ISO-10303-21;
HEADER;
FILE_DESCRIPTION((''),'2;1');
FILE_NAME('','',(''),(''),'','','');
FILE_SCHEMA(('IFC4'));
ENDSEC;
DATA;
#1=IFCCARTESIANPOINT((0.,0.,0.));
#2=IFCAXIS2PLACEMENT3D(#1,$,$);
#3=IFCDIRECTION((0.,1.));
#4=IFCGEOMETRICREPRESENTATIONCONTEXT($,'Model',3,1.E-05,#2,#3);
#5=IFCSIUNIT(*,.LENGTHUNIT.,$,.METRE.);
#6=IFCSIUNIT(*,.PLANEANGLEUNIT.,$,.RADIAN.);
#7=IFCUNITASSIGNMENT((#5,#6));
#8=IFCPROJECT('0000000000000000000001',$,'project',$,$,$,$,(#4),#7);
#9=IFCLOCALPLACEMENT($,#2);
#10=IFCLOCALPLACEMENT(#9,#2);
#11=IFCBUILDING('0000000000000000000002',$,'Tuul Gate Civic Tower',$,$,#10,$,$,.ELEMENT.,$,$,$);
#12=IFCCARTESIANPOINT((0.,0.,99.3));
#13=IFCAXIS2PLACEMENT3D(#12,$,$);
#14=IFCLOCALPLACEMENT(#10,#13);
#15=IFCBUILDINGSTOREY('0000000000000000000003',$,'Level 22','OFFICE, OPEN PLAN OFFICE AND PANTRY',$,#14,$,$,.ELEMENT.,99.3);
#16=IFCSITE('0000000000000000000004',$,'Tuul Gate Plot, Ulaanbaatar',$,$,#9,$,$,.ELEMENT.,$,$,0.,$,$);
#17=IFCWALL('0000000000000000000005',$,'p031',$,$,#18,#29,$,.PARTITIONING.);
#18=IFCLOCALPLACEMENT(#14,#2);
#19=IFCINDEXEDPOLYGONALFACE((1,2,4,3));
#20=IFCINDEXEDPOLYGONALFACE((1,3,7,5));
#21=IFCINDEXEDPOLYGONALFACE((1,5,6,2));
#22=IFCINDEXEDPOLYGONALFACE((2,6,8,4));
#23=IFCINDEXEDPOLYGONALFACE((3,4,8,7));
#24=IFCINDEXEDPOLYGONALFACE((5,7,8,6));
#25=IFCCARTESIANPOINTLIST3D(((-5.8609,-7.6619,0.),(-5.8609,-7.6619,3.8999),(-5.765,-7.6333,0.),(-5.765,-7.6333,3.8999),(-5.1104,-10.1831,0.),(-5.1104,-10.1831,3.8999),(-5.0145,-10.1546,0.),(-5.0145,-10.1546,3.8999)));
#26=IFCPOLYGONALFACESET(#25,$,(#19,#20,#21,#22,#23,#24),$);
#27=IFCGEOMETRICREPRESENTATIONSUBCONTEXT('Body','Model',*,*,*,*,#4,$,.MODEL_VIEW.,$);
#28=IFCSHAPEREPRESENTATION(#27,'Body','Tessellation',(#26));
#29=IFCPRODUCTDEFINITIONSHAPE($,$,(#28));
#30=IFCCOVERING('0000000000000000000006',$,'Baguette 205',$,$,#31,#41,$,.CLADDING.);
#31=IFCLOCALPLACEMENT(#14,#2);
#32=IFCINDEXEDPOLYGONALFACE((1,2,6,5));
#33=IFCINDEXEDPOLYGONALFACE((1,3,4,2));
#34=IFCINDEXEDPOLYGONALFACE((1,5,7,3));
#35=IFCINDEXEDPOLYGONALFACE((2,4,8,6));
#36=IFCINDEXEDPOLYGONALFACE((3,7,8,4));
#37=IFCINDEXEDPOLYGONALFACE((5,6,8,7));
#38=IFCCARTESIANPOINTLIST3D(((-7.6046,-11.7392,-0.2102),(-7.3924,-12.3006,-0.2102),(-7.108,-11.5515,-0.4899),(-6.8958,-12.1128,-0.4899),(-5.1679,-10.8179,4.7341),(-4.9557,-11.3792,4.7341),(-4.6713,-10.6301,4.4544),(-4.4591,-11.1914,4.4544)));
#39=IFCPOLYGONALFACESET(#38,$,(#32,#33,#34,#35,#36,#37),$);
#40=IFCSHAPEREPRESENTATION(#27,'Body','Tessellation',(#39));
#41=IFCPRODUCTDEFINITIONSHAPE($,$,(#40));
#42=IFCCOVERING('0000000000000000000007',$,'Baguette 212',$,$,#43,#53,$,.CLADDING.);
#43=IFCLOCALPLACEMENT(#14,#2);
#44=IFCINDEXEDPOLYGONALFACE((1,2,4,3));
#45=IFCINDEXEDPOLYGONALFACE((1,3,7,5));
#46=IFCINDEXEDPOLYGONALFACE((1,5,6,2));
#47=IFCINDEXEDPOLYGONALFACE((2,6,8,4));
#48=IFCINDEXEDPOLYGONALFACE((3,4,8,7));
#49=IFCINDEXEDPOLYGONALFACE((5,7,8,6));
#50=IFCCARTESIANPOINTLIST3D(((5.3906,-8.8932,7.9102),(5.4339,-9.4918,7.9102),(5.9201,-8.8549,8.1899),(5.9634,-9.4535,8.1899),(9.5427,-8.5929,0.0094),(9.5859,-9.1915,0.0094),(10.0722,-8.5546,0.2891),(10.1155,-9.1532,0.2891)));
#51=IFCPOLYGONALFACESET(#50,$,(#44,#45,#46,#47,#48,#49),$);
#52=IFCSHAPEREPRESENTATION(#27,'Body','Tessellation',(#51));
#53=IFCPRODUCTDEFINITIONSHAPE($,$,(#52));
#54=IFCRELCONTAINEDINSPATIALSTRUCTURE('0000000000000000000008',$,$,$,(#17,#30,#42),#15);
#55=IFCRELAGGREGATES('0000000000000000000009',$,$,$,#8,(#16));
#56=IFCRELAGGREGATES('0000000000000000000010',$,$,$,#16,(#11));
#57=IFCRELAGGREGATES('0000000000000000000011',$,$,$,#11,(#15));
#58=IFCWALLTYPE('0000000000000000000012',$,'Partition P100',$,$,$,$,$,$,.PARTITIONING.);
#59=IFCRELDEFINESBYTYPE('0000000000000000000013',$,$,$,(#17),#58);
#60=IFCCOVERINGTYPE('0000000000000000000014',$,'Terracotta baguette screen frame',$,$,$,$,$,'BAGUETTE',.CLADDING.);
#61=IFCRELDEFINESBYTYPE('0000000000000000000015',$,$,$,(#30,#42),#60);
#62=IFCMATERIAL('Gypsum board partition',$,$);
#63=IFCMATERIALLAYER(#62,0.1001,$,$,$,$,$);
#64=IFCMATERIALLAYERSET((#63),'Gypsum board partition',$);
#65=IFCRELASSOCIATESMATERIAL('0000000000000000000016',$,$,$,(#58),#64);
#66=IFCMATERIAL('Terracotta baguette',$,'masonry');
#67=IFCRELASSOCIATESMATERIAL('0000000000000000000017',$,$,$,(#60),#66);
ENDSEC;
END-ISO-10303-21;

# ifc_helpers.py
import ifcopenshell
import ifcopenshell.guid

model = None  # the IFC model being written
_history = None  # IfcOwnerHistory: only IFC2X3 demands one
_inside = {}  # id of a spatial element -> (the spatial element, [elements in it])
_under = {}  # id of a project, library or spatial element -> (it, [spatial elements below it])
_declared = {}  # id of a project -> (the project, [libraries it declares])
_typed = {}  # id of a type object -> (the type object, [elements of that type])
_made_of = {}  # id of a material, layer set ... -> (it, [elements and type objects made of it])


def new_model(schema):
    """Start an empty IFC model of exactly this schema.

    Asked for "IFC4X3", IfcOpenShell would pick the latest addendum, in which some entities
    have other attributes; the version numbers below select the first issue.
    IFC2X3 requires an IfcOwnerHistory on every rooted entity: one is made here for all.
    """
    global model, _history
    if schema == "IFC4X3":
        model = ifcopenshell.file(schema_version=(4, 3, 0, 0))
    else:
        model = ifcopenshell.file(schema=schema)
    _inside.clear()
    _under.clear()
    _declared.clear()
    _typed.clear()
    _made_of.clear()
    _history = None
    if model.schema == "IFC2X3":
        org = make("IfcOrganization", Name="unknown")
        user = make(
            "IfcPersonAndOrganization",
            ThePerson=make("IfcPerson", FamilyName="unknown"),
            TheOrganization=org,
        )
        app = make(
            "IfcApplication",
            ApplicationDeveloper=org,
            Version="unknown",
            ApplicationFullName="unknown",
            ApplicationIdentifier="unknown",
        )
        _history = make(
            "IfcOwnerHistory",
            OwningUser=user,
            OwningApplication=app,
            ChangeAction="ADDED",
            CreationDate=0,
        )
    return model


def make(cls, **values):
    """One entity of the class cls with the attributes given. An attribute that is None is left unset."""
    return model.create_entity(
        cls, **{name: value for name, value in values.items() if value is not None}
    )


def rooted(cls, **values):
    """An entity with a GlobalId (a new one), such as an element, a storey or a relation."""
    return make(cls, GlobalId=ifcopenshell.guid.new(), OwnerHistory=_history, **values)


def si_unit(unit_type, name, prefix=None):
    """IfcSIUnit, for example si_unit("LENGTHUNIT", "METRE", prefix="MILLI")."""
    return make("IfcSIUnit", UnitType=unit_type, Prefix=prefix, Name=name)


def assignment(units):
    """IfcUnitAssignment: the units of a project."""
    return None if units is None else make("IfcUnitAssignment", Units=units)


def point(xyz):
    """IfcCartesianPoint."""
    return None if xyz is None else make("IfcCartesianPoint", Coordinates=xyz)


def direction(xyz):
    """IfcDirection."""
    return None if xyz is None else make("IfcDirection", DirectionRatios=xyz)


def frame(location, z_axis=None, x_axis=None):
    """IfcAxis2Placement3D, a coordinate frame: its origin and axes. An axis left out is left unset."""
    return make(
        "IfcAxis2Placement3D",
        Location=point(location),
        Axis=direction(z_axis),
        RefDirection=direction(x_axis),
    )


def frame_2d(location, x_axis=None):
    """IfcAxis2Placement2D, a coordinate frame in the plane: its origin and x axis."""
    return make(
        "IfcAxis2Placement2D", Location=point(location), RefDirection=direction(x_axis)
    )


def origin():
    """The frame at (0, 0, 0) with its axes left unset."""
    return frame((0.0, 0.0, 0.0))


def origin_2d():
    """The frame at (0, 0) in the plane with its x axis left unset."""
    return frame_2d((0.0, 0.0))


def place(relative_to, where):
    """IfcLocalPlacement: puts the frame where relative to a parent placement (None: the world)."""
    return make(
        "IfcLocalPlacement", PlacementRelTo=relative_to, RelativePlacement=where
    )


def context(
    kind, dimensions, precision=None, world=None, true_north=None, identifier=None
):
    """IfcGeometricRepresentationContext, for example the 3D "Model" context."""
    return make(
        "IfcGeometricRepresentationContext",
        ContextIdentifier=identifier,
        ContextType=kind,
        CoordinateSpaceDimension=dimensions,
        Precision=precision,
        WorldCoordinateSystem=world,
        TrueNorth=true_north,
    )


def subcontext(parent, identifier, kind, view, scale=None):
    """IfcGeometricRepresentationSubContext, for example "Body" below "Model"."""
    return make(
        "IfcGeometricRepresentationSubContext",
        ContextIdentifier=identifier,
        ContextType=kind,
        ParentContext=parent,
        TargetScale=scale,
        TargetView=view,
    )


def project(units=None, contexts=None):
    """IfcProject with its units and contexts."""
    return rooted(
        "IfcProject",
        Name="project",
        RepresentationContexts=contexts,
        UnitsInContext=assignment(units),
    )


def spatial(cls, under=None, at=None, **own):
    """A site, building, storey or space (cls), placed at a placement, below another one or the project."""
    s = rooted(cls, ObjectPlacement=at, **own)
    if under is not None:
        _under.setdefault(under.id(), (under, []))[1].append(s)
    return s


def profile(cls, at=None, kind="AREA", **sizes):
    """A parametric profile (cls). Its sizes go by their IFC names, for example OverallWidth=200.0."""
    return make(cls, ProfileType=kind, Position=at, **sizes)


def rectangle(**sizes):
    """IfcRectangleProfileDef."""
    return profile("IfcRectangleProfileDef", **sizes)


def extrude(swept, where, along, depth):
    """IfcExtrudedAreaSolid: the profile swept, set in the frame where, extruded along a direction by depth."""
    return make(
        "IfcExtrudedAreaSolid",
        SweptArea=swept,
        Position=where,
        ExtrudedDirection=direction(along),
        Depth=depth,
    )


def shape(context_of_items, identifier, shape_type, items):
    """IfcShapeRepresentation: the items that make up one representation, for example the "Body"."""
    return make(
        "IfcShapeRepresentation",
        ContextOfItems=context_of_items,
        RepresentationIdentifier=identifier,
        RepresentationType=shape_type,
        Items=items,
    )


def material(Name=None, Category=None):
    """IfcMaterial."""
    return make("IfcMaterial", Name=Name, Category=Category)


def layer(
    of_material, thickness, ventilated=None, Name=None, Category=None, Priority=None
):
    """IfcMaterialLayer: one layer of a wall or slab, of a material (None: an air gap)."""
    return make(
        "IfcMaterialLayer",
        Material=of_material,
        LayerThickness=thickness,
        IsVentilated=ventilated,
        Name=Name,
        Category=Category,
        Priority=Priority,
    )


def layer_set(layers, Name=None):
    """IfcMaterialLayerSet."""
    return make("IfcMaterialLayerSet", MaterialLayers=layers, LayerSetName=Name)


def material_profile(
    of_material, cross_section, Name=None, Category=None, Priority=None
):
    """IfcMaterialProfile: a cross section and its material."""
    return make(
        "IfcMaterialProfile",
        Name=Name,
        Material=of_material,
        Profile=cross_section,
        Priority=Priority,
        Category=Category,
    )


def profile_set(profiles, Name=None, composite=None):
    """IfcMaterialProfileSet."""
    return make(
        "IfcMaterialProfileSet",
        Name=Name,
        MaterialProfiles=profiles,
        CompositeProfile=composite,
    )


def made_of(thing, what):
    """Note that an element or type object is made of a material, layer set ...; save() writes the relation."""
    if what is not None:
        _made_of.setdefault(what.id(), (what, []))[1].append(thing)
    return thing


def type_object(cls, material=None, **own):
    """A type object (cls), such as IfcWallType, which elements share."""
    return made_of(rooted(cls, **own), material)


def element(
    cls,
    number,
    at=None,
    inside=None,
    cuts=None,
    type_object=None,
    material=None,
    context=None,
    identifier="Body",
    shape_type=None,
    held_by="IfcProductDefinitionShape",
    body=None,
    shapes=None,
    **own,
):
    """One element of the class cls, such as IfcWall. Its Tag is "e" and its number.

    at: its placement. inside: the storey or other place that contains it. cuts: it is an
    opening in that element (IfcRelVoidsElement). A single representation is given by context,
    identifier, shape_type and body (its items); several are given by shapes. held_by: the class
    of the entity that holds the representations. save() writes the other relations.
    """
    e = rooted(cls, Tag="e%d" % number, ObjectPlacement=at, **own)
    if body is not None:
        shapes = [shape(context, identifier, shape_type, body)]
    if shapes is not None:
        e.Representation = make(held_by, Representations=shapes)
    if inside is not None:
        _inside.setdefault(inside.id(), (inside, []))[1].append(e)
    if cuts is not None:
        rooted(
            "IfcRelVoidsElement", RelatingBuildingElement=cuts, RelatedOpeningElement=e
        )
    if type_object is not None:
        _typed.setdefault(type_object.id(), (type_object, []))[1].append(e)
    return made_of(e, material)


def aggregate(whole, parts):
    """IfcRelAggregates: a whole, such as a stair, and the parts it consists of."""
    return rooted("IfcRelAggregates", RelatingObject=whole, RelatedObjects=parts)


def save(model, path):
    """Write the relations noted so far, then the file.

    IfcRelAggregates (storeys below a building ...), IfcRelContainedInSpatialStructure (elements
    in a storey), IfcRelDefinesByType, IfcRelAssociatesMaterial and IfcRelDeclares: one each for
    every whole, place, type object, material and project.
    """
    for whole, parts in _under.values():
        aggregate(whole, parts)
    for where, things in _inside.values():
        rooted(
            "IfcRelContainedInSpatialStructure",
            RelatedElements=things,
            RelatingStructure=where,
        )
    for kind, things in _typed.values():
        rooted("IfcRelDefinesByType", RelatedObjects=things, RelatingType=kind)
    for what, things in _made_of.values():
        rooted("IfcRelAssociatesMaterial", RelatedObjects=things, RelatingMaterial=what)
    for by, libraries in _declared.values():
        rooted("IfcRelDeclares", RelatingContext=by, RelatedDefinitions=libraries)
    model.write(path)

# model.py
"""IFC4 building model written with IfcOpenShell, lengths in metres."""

from ifc_helpers import new_model, si_unit, direction, frame, frame_2d, origin, origin_2d, place, context, subcontext, project, spatial, rectangle, extrude, material, layer, layer_set, material_profile, profile_set, type_object, element, save


model = new_model("IFC4")

# Units and contexts
model_context = context("Model", 3, precision=1e-05, world=origin(), true_north=direction((0.0, 1.0)))
body_context = subcontext(model_context, "Body", "Model", "MODEL_VIEW")
ifc_project = project(units=[si_unit("LENGTHUNIT", "METRE"), si_unit("PLANEANGLEUNIT", "RADIAN")], contexts=[model_context])

# Site, building, storey
site_placement = place(None, origin())
site = spatial("IfcSite", under=ifc_project, at=site_placement, Name="Tuul Gate Plot, Ulaanbaatar", CompositionType="ELEMENT", RefElevation=0.0)
building_placement = place(site_placement, origin())
building = spatial("IfcBuilding", under=site, at=building_placement, Name="Tuul Gate Civic Tower", CompositionType="ELEMENT")
storey_placement = place(building_placement, frame((0.0, 0.0, 99.3)))
storey = spatial("IfcBuildingStorey", under=building, at=storey_placement, Name="Level 22", Description="OFFICE, OPEN PLAN OFFICE AND PANTRY", CompositionType="ELEMENT", Elevation=99.3)

# Wall
ifc_material_1 = material(Name="Gypsum board partition")
ifc_layer_1 = layer(ifc_material_1, 0.1001)
ifc_layer_set_1 = layer_set([ifc_layer_1], Name="Gypsum board partition")
wall_type_1 = type_object("IfcWallType", Name="Partition P100", PredefinedType="PARTITIONING", material=ifc_layer_set_1)
wall_1_placement = place(storey_placement, frame((-5.813, -7.6475, 0.0), z_axis=(0.0, 0.0, 1.0), x_axis=(0.285295, -0.95844, 0.0)))
element("IfcWall", 1, at=wall_1_placement, inside=storey, type_object=wall_type_1, Name="p031", PredefinedType="PARTITIONING", context=body_context, shape_type="SweptSolid", body=[
    extrude(rectangle(XDim=2.6306, YDim=0.1001, at=frame_2d((1.3154, 0.0))), origin(), (0.0, 0.0, 1.0), 3.8999),
])

# Coverings
ifc_material_2 = material(Name="Terracotta baguette", Category="masonry")
ifc_material_profile_1 = material_profile(ifc_material_2, rectangle(XDim=0.6001, YDim=0.6001, at=origin_2d()), Name="Terracotta baguette screen frame")
ifc_profile_set_1 = profile_set([ifc_material_profile_1], Name="Terracotta baguette")
covering_type = type_object("IfcCoveringType", Name="Terracotta baguette screen frame", ElementType="BAGUETTE", PredefinedType="CLADDING", material=ifc_profile_set_1)
covering_1_placement = place(storey_placement, frame((-4.8135, -11.0046, 4.5942), z_axis=(-0.436019, -0.164867, -0.884707), x_axis=(0.353679, -0.935367, 0.0)))
element("IfcCovering", 2, at=covering_1_placement, inside=storey, type_object=covering_type, Name="Baguette 205", PredefinedType="CLADDING", context=body_context, shape_type="SweptSolid", body=[
    extrude(rectangle(XDim=0.6001, YDim=0.6001, at=origin_2d()), origin(), (0.0, 0.0, 1.0), 5.5886),
])
covering_2_placement = place(storey_placement, frame((5.677, -9.1733, 8.05), z_axis=(0.464934, 0.033626, -0.884706), x_axis=(-0.072135, 0.997395, 0.0)))
element("IfcCovering", 3, at=covering_2_placement, inside=storey, type_object=covering_type, Name="Baguette 212", PredefinedType="CLADDING", context=body_context, shape_type="SweptSolid", body=[
    extrude(rectangle(XDim=0.6001, YDim=0.6001, at=origin_2d()), origin(), (0.0, 0.0, 1.0), 8.9304),
])

save(model, "model.ifc")
